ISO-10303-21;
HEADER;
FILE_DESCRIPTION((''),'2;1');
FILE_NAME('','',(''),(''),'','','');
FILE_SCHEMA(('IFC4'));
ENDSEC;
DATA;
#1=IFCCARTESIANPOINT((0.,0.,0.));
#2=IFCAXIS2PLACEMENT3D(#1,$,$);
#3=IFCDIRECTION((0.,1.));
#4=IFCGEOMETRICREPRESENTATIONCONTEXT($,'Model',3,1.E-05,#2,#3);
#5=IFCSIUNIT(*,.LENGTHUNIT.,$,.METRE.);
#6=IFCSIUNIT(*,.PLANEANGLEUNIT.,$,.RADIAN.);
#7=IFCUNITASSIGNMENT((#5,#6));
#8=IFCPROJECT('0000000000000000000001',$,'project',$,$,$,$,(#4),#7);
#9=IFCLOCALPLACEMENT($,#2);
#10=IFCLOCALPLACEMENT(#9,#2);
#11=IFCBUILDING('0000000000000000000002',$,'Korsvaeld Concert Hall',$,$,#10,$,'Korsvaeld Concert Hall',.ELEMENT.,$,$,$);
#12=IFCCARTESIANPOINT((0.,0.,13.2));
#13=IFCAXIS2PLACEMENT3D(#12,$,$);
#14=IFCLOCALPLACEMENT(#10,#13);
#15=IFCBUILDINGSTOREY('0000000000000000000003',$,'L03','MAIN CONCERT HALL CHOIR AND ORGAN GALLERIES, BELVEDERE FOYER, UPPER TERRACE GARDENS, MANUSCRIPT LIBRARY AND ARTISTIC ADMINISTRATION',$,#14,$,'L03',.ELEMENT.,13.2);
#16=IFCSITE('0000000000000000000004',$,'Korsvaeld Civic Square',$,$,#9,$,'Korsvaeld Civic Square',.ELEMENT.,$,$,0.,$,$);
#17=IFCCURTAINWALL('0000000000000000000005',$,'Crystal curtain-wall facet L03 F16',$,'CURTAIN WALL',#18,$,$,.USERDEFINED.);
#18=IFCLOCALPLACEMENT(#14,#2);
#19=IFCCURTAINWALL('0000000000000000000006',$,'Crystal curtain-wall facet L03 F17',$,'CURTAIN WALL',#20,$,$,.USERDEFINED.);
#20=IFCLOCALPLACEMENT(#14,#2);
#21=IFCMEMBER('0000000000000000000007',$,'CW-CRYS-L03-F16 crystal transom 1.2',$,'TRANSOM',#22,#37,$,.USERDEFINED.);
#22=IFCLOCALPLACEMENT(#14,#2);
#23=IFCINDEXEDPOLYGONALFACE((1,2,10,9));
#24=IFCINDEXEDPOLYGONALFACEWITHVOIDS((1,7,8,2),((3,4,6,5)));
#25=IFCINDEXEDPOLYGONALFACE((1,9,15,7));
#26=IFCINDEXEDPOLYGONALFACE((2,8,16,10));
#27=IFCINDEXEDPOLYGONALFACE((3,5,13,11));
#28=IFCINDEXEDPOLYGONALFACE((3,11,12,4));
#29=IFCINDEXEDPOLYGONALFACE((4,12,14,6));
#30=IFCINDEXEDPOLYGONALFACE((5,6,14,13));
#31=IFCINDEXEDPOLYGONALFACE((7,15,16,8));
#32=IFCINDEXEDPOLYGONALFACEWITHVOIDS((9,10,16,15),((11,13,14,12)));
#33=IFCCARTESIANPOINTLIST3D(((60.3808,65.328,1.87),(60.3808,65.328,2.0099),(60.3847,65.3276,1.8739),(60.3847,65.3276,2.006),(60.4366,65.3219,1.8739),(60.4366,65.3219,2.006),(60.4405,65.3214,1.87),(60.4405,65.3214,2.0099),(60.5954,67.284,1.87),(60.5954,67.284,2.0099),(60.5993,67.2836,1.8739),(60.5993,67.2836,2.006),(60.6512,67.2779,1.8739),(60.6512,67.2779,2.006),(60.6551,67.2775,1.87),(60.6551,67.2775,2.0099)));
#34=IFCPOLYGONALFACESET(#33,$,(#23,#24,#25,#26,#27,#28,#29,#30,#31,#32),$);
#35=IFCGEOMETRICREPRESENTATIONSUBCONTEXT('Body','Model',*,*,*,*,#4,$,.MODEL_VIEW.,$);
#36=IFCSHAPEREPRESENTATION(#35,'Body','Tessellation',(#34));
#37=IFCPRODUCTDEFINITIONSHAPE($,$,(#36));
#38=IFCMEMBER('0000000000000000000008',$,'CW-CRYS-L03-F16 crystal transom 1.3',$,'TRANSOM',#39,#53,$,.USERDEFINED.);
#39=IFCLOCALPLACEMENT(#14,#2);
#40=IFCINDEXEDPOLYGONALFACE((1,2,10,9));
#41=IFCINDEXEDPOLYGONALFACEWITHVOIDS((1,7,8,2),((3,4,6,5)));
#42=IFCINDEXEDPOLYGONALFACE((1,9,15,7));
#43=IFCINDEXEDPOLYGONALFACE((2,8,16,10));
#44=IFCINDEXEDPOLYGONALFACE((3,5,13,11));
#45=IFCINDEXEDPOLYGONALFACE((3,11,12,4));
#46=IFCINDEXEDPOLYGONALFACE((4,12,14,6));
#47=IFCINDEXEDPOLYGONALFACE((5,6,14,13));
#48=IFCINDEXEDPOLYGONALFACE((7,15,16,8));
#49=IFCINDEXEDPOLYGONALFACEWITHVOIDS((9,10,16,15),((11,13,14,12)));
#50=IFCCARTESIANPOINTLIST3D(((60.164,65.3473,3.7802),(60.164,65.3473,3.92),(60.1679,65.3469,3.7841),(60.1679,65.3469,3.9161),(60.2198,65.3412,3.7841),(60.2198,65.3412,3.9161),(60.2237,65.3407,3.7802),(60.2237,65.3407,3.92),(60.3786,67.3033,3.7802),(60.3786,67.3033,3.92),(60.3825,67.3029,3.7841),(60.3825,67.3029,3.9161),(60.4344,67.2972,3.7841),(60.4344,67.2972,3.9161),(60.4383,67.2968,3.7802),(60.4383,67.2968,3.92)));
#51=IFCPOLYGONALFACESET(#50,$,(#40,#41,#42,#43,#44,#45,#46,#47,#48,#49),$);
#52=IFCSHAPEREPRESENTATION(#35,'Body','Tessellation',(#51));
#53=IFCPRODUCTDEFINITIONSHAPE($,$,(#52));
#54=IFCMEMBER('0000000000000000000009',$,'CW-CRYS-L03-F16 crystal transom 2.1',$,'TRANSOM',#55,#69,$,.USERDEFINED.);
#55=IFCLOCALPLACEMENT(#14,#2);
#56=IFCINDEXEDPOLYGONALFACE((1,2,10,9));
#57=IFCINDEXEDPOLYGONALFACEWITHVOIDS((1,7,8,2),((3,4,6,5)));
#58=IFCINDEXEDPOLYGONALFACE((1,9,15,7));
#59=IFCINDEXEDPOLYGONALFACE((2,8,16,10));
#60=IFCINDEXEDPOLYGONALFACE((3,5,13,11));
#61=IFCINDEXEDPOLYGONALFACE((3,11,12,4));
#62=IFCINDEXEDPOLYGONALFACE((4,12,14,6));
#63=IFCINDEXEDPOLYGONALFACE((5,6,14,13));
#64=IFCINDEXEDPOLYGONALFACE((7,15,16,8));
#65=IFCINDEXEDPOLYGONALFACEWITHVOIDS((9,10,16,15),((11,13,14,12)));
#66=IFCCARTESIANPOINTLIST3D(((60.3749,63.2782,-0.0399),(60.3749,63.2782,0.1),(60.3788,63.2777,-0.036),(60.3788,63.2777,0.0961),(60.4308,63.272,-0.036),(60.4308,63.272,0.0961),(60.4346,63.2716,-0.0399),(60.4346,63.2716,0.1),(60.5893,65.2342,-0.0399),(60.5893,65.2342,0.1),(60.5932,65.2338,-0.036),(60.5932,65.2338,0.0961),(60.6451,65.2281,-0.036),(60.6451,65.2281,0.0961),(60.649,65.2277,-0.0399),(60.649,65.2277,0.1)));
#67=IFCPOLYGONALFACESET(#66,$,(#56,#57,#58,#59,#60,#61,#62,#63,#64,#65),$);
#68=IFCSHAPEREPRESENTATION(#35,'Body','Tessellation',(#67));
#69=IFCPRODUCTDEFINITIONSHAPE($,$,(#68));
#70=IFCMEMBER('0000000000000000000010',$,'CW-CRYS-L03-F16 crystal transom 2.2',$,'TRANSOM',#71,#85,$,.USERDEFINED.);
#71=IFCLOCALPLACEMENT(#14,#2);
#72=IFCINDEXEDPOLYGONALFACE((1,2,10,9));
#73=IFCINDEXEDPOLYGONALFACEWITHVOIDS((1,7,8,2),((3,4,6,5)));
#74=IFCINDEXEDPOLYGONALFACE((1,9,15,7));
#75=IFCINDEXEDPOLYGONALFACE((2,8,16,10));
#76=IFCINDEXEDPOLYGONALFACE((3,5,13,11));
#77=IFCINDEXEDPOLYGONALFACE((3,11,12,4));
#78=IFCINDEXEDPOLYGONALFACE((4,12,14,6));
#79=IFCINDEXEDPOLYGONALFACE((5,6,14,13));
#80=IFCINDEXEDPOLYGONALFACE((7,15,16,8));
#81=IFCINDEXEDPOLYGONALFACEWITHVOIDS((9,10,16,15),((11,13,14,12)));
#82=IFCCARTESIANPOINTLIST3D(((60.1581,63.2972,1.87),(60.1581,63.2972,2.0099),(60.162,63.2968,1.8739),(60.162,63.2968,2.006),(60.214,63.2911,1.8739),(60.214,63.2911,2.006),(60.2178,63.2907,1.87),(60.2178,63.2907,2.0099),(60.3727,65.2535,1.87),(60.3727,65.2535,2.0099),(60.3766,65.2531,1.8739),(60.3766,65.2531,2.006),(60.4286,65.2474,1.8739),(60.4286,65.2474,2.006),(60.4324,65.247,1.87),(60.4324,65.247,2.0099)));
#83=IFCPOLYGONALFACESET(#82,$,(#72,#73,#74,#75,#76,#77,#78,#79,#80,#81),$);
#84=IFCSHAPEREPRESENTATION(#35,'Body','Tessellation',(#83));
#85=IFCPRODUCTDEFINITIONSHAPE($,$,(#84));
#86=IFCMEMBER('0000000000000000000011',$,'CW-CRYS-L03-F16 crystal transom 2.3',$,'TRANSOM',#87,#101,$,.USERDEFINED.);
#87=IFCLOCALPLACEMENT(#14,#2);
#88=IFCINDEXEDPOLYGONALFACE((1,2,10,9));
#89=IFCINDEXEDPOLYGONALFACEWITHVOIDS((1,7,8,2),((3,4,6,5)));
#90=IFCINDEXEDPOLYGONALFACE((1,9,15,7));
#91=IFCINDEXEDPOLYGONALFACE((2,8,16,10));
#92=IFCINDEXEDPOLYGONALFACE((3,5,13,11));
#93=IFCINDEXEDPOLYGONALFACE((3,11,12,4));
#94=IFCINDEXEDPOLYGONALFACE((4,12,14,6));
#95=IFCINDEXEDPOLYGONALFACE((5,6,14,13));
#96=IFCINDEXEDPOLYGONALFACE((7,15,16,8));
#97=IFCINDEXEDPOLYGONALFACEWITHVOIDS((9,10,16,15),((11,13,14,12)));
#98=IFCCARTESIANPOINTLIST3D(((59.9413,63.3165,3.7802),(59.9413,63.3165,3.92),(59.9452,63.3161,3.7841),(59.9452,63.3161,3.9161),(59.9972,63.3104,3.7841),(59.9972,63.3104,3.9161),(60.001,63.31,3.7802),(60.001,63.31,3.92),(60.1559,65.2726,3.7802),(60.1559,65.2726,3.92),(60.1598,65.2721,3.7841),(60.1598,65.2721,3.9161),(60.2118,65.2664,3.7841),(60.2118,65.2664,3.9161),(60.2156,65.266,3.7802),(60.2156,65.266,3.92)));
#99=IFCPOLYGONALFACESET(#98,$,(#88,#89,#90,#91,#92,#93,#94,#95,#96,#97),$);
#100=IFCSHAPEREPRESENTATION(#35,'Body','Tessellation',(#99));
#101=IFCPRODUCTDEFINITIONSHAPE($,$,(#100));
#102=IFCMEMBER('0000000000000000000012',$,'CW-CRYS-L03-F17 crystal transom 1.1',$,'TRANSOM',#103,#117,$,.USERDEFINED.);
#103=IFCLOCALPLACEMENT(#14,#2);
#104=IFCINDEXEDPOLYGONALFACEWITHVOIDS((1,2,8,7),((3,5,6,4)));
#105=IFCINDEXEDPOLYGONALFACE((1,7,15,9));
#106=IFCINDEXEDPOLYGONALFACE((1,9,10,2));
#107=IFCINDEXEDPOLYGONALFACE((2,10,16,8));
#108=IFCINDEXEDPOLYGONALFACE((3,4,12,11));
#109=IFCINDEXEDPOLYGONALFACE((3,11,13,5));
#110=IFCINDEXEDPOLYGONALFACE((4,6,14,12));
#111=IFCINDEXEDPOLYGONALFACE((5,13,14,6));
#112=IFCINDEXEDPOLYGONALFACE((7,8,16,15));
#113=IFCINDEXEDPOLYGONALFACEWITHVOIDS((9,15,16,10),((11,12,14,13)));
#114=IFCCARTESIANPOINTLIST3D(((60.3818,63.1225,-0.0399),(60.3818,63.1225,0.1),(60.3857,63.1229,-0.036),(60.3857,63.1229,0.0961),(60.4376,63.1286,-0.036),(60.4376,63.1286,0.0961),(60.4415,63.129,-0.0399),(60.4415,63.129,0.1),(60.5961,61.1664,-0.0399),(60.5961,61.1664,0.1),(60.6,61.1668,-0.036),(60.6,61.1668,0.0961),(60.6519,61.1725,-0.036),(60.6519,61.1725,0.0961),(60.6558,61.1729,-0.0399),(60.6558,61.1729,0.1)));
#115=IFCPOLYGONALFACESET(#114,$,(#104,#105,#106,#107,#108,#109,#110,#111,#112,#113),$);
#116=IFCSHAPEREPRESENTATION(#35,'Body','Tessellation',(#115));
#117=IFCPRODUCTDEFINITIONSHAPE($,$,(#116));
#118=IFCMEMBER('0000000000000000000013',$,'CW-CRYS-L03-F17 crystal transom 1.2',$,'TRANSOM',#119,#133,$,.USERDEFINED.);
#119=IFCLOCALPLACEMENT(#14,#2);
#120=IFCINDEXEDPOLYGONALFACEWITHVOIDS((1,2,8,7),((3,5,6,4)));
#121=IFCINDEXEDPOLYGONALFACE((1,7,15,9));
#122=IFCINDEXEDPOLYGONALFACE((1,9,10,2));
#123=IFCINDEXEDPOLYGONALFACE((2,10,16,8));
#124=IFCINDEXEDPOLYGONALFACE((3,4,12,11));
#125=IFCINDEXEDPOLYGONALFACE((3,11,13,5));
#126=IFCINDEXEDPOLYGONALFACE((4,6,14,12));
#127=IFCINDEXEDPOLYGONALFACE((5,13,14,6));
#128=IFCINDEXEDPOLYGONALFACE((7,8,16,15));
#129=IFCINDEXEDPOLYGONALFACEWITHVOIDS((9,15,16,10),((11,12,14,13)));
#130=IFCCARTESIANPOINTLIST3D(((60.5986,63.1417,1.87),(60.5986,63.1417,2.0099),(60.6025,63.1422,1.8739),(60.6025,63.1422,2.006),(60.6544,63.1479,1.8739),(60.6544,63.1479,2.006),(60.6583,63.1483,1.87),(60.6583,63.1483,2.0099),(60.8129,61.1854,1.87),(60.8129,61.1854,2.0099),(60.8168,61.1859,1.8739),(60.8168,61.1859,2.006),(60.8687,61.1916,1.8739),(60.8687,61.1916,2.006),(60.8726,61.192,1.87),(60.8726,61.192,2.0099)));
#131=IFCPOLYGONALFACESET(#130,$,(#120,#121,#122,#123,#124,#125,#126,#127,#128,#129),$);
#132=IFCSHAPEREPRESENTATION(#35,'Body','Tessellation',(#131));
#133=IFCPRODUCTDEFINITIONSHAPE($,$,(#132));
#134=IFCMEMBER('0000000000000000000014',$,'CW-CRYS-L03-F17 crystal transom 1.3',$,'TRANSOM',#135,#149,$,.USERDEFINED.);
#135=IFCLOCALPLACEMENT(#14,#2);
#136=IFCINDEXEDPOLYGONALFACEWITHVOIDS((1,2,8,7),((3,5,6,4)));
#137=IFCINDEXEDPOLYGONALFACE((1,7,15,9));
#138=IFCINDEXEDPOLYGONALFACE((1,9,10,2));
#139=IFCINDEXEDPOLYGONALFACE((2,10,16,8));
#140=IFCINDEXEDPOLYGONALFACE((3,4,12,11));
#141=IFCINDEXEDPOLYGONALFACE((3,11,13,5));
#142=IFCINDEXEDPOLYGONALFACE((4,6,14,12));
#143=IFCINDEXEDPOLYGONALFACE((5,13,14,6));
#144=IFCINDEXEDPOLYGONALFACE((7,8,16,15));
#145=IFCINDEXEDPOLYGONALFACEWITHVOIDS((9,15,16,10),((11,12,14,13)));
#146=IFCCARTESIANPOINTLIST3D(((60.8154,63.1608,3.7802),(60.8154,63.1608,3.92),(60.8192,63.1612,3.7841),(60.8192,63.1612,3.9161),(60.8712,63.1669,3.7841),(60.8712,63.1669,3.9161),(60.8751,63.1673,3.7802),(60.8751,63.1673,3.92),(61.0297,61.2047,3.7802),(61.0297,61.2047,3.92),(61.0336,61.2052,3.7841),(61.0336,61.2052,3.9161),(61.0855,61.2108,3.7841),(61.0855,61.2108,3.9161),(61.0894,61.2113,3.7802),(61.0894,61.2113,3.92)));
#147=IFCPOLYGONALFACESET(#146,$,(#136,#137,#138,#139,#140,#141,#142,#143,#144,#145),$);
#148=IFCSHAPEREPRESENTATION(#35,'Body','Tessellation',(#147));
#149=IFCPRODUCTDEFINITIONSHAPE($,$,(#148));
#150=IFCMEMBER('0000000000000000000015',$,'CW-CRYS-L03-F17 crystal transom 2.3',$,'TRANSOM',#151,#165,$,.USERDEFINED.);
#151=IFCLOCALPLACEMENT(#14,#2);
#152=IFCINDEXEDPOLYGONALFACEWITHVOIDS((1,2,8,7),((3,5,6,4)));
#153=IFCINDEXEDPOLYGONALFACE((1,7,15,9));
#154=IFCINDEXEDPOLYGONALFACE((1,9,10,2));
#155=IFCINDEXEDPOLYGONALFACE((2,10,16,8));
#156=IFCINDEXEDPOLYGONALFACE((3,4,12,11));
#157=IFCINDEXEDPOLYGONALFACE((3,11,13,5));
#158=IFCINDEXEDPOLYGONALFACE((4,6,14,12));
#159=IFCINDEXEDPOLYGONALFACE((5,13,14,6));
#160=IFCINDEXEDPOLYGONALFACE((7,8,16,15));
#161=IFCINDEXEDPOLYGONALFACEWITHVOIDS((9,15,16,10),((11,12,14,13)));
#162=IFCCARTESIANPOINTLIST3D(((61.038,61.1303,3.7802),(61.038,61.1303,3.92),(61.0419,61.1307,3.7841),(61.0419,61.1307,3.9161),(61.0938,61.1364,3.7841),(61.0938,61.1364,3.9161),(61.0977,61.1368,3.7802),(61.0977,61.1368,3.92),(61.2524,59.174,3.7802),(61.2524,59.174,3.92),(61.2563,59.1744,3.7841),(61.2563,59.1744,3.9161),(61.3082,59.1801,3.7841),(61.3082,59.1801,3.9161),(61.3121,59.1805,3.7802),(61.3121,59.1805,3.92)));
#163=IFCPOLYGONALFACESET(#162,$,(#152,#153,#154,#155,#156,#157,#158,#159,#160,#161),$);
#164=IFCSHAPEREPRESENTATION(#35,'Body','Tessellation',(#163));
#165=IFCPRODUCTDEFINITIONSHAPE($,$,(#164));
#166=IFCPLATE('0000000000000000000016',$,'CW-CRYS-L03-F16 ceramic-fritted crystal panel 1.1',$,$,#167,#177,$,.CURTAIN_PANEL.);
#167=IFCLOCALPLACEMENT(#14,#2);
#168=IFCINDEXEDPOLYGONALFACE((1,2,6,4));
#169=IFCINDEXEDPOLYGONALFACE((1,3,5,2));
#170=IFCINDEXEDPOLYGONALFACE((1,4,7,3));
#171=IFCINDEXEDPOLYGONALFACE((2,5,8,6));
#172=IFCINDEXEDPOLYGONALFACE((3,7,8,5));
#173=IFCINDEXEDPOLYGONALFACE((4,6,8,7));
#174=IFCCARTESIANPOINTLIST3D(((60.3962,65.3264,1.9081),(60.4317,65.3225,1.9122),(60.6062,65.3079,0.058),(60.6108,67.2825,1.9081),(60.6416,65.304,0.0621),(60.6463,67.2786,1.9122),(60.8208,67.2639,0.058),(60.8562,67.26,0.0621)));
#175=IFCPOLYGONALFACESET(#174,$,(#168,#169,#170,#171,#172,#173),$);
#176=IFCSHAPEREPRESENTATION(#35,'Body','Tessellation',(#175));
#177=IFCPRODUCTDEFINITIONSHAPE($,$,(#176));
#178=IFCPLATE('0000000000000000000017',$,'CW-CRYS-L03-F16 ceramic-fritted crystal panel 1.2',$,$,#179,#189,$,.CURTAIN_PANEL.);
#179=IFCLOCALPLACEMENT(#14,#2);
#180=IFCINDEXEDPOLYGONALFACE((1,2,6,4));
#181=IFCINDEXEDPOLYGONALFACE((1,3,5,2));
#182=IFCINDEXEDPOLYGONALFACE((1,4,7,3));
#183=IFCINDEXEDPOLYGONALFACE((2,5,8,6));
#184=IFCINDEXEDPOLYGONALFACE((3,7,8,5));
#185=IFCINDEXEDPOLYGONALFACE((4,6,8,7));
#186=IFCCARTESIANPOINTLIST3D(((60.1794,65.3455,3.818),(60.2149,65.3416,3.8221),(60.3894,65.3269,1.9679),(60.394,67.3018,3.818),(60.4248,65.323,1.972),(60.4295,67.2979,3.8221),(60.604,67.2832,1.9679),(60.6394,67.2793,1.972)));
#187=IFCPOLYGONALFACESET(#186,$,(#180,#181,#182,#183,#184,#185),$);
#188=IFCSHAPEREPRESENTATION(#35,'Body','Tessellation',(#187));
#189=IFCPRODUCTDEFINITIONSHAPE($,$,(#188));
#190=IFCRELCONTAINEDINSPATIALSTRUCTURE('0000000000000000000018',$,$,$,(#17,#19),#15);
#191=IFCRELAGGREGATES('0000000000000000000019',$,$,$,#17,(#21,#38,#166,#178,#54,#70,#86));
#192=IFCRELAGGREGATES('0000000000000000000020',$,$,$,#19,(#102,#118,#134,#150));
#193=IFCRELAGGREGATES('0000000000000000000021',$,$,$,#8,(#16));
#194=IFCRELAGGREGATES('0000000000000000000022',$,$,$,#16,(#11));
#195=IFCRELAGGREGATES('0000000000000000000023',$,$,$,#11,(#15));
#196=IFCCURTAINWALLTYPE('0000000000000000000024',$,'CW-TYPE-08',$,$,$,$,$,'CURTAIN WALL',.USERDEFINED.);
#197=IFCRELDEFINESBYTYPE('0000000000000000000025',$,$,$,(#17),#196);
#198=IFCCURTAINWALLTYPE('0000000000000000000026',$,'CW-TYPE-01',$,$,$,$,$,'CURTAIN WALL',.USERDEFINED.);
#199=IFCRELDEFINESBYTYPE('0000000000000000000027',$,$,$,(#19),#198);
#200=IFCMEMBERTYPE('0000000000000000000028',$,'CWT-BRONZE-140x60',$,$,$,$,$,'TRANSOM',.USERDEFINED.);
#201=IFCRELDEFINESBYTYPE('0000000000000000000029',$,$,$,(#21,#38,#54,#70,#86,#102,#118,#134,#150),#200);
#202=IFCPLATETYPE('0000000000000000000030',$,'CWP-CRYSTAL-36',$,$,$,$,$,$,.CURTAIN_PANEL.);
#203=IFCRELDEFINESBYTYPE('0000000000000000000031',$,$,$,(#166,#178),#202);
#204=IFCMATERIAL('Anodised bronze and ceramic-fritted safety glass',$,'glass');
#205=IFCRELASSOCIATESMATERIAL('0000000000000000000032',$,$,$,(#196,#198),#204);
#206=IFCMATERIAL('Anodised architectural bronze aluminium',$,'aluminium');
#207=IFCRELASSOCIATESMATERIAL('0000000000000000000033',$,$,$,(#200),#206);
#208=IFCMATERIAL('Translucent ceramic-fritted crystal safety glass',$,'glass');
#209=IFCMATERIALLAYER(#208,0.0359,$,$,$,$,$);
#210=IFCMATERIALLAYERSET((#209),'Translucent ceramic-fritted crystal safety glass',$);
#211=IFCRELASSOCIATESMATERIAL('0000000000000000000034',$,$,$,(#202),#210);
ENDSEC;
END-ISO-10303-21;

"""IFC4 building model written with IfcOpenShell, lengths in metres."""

from ifc_helpers import new_model, si_unit, direction, frame, origin, origin_2d, place, context, subcontext, project, spatial, polyline, hollow_rectangle, outline, extrude, material, layer, layer_set, material_profile, profile_set, type_object, element, aggregate, save


model = new_model("IFC4")

# Units and contexts
model_context = context("Model", 3, precision=1e-05, world=origin(), true_north=direction((0.0, 1.0)))
body_context = subcontext(model_context, "Body", "Model", "MODEL_VIEW")
ifc_project = project(units=[si_unit("LENGTHUNIT", "METRE"), si_unit("PLANEANGLEUNIT", "RADIAN")], contexts=[model_context])

# Site, building, storey
site_placement = place(None, origin())
site = spatial("IfcSite", under=ifc_project, at=site_placement, Name="Korsvaeld Civic Square", LongName="Korsvaeld Civic Square", CompositionType="ELEMENT", RefElevation=0.0)
building_placement = place(site_placement, origin())
building = spatial("IfcBuilding", under=site, at=building_placement, Name="Korsvaeld Concert Hall", LongName="Korsvaeld Concert Hall", CompositionType="ELEMENT")
storey_placement = place(building_placement, frame((0.0, 0.0, 13.2)))
storey = spatial("IfcBuildingStorey", under=building, at=storey_placement, Name="L03", Description="MAIN CONCERT HALL CHOIR AND ORGAN GALLERIES, BELVEDERE FOYER, UPPER TERRACE GARDENS, MANUSCRIPT LIBRARY AND ARTISTIC ADMINISTRATION", LongName="L03", CompositionType="ELEMENT", Elevation=13.2)

# Curtain wall
ifc_material_1 = material(Name="Anodised bronze and ceramic-fritted safety glass", Category="glass")
curtain_wall_type_1 = type_object("IfcCurtainWallType", Name="CW-TYPE-08", ElementType="CURTAIN WALL", PredefinedType="USERDEFINED", material=ifc_material_1)
curtain_wall_1_placement = place(storey_placement, origin())
curtain_wall_1 = element("IfcCurtainWall", 1, at=curtain_wall_1_placement, inside=storey, type_object=curtain_wall_type_1, Name="Crystal curtain-wall facet L03 F16", ObjectType="CURTAIN WALL", PredefinedType="USERDEFINED")
ifc_material_2 = material(Name="Anodised architectural bronze aluminium", Category="aluminium")

# Curtain wall
curtain_wall_type_2 = type_object("IfcCurtainWallType", Name="CW-TYPE-01", ElementType="CURTAIN WALL", PredefinedType="USERDEFINED", material=ifc_material_1)
curtain_wall_2_placement = place(storey_placement, origin())
curtain_wall_2 = element("IfcCurtainWall", 2, at=curtain_wall_2_placement, inside=storey, type_object=curtain_wall_type_2, Name="Crystal curtain-wall facet L03 F17", ObjectType="CURTAIN WALL", PredefinedType="USERDEFINED")

# Members
ifc_material_profile_1 = material_profile(ifc_material_2, hollow_rectangle(XDim=0.0601, YDim=0.1399, WallThickness=0.0039, at=origin_2d()), Name="CWT 140x60x4")
ifc_profile_set_1 = profile_set([ifc_material_profile_1], Name="Anodised architectural bronze aluminium")
member_type_1 = type_object("IfcMemberType", Name="CWT-BRONZE-140x60", ElementType="TRANSOM", PredefinedType="USERDEFINED", material=ifc_profile_set_1)
member_1_placement = place(storey_placement, frame((60.6252, 67.2808, 1.9399), z_axis=(-0.109056, -0.994036, 0.0), x_axis=(0.994036, -0.109056, 0.0)))
member_1 = element("IfcMember", 3, at=member_1_placement, type_object=member_type_1, Name="CW-CRYS-L03-F16 crystal transom 1.2", ObjectType="TRANSOM", PredefinedType="USERDEFINED", context=body_context, shape_type="SweptSolid", body=[
    extrude(hollow_rectangle(XDim=0.0601, YDim=0.1399, WallThickness=0.0039, at=origin_2d()), origin(), (0.0, 0.0, 1.0), 1.9678),
])
member_2_placement = place(storey_placement, frame((60.4084, 67.3, 3.8501), z_axis=(-0.109056, -0.994036, 0.0), x_axis=(0.994036, -0.109056, 0.0)))
member_2 = element("IfcMember", 4, at=member_2_placement, type_object=member_type_1, Name="CW-CRYS-L03-F16 crystal transom 1.3", ObjectType="TRANSOM", PredefinedType="USERDEFINED", context=body_context, shape_type="SweptSolid", body=[
    extrude(hollow_rectangle(XDim=0.0601, YDim=0.1399, WallThickness=0.0039, at=origin_2d()), origin(), (0.0, 0.0, 1.0), 1.9678),
])
member_3_placement = place(storey_placement, frame((60.6191, 65.231, 0.03), z_axis=(-0.108933, -0.994049, 0.0), x_axis=(0.994049, -0.108933, 0.0)))
member_3 = element("IfcMember", 5, at=member_3_placement, type_object=member_type_1, Name="CW-CRYS-L03-F16 crystal transom 2.1", ObjectType="TRANSOM", PredefinedType="USERDEFINED", context=body_context, shape_type="SweptSolid", body=[
    extrude(hollow_rectangle(XDim=0.0601, YDim=0.1399, WallThickness=0.0039, at=origin_2d()), origin(), (0.0, 0.0, 1.0), 1.9678),
])
member_4_placement = place(storey_placement, frame((60.4026, 65.2502, 1.9399), z_axis=(-0.109043, -0.994037, 0.0), x_axis=(0.994037, -0.109043, 0.0)))
member_4 = element("IfcMember", 6, at=member_4_placement, type_object=member_type_1, Name="CW-CRYS-L03-F16 crystal transom 2.2", ObjectType="TRANSOM", PredefinedType="USERDEFINED", context=body_context, shape_type="SweptSolid", body=[
    extrude(hollow_rectangle(XDim=0.0601, YDim=0.1399, WallThickness=0.0039, at=origin_2d()), origin(), (0.0, 0.0, 1.0), 1.968),
])
member_5_placement = place(storey_placement, frame((60.1858, 65.2693, 3.8501), z_axis=(-0.109056, -0.994036, 0.0), x_axis=(0.994036, -0.109056, 0.0)))
member_5 = element("IfcMember", 7, at=member_5_placement, type_object=member_type_1, Name="CW-CRYS-L03-F16 crystal transom 2.3", ObjectType="TRANSOM", PredefinedType="USERDEFINED", context=body_context, shape_type="SweptSolid", body=[
    extrude(hollow_rectangle(XDim=0.0601, YDim=0.1399, WallThickness=0.0039, at=origin_2d()), origin(), (0.0, 0.0, 1.0), 1.9678),
])
member_6_placement = place(storey_placement, frame((60.4116, 63.1257, 0.03), z_axis=(0.108933, -0.994049, 0.0), x_axis=(0.994049, 0.108933, 0.0)))
member_6 = element("IfcMember", 8, at=member_6_placement, type_object=member_type_1, Name="CW-CRYS-L03-F17 crystal transom 1.1", ObjectType="TRANSOM", PredefinedType="USERDEFINED", context=body_context, shape_type="SweptSolid", body=[
    extrude(hollow_rectangle(XDim=0.0601, YDim=0.1399, WallThickness=0.0039, at=origin_2d()), origin(), (0.0, 0.0, 1.0), 1.9678),
])
member_7_placement = place(storey_placement, frame((60.6284, 63.145, 1.9399), z_axis=(0.10892, -0.994051, 0.0), x_axis=(0.994051, 0.10892, 0.0)))
member_7 = element("IfcMember", 9, at=member_7_placement, type_object=member_type_1, Name="CW-CRYS-L03-F17 crystal transom 1.2", ObjectType="TRANSOM", PredefinedType="USERDEFINED", context=body_context, shape_type="SweptSolid", body=[
    extrude(hollow_rectangle(XDim=0.0601, YDim=0.1399, WallThickness=0.0039, at=origin_2d()), origin(), (0.0, 0.0, 1.0), 1.968),
])
member_8_placement = place(storey_placement, frame((60.8452, 63.1641, 3.8501), z_axis=(0.108933, -0.994049, 0.0), x_axis=(0.994049, 0.108933, 0.0)))
member_8 = element("IfcMember", 10, at=member_8_placement, type_object=member_type_1, Name="CW-CRYS-L03-F17 crystal transom 1.3", ObjectType="TRANSOM", PredefinedType="USERDEFINED", context=body_context, shape_type="SweptSolid", body=[
    extrude(hollow_rectangle(XDim=0.0601, YDim=0.1399, WallThickness=0.0039, at=origin_2d()), origin(), (0.0, 0.0, 1.0), 1.9678),
])
member_9_placement = place(storey_placement, frame((61.0679, 61.1335, 3.8501), z_axis=(0.10892, -0.994051, 0.0), x_axis=(0.994051, 0.10892, 0.0)))
member_9 = element("IfcMember", 11, at=member_9_placement, type_object=member_type_1, Name="CW-CRYS-L03-F17 crystal transom 2.3", ObjectType="TRANSOM", PredefinedType="USERDEFINED", context=body_context, shape_type="SweptSolid", body=[
    extrude(hollow_rectangle(XDim=0.0601, YDim=0.1399, WallThickness=0.0039, at=origin_2d()), origin(), (0.0, 0.0, 1.0), 1.968),
])

# Plates
ifc_material_3 = material(Name="Translucent ceramic-fritted crystal safety glass", Category="glass")
ifc_layer_1 = layer(ifc_material_3, 0.0359)
ifc_layer_set_1 = layer_set([ifc_layer_1], Name="Translucent ceramic-fritted crystal safety glass")
plate_type = type_object("IfcPlateType", Name="CWP-CRYSTAL-36", PredefinedType="CURTAIN_PANEL", material=ifc_layer_set_1)
plate_1_placement = place(storey_placement, frame((60.8386, 67.262, 0.0601), z_axis=(-0.987649, 0.108355, -0.113171), x_axis=(-0.109056, -0.994036, 0.0)))
plate_1 = element("IfcPlate", 12, at=plate_1_placement, type_object=plate_type, Name="CW-CRYS-L03-F16 ceramic-fritted crystal panel 1.1", PredefinedType="CURTAIN_PANEL", context=body_context, shape_type="SweptSolid", body=[
    extrude(outline(polyline([(0.0, 0.0), (1.9678, 0.0), (1.9722, 1.8621), (0.0045, 1.8621), (0.0, 0.0)])), frame((0.0, 0.0, 0.0181)), (0.0, 0.0, -1.0), 0.0359),
])
plate_2_placement = place(storey_placement, frame((60.6218, 67.2812, 1.97), z_axis=(-0.987651, 0.108342, -0.113172), x_axis=(-0.109043, -0.994037, 0.0)))
plate_2 = element("IfcPlate", 13, at=plate_2_placement, type_object=plate_type, Name="CW-CRYS-L03-F16 ceramic-fritted crystal panel 1.2", PredefinedType="CURTAIN_PANEL", context=body_context, shape_type="SweptSolid", body=[
    extrude(outline(polyline([(0.0, 0.0), (1.968, 0.0), (1.9725, 1.8621), (0.0045, 1.8621), (0.0, 0.0)])), frame((0.0, 0.0, 0.0181)), (0.0, 0.0, -1.0), 0.0359),
])
aggregate(curtain_wall_1, [member_1, member_2, plate_1, plate_2, member_3, member_4, member_5])
aggregate(curtain_wall_2, [member_6, member_7, member_8, member_9])

save(model, "model.ifc")
